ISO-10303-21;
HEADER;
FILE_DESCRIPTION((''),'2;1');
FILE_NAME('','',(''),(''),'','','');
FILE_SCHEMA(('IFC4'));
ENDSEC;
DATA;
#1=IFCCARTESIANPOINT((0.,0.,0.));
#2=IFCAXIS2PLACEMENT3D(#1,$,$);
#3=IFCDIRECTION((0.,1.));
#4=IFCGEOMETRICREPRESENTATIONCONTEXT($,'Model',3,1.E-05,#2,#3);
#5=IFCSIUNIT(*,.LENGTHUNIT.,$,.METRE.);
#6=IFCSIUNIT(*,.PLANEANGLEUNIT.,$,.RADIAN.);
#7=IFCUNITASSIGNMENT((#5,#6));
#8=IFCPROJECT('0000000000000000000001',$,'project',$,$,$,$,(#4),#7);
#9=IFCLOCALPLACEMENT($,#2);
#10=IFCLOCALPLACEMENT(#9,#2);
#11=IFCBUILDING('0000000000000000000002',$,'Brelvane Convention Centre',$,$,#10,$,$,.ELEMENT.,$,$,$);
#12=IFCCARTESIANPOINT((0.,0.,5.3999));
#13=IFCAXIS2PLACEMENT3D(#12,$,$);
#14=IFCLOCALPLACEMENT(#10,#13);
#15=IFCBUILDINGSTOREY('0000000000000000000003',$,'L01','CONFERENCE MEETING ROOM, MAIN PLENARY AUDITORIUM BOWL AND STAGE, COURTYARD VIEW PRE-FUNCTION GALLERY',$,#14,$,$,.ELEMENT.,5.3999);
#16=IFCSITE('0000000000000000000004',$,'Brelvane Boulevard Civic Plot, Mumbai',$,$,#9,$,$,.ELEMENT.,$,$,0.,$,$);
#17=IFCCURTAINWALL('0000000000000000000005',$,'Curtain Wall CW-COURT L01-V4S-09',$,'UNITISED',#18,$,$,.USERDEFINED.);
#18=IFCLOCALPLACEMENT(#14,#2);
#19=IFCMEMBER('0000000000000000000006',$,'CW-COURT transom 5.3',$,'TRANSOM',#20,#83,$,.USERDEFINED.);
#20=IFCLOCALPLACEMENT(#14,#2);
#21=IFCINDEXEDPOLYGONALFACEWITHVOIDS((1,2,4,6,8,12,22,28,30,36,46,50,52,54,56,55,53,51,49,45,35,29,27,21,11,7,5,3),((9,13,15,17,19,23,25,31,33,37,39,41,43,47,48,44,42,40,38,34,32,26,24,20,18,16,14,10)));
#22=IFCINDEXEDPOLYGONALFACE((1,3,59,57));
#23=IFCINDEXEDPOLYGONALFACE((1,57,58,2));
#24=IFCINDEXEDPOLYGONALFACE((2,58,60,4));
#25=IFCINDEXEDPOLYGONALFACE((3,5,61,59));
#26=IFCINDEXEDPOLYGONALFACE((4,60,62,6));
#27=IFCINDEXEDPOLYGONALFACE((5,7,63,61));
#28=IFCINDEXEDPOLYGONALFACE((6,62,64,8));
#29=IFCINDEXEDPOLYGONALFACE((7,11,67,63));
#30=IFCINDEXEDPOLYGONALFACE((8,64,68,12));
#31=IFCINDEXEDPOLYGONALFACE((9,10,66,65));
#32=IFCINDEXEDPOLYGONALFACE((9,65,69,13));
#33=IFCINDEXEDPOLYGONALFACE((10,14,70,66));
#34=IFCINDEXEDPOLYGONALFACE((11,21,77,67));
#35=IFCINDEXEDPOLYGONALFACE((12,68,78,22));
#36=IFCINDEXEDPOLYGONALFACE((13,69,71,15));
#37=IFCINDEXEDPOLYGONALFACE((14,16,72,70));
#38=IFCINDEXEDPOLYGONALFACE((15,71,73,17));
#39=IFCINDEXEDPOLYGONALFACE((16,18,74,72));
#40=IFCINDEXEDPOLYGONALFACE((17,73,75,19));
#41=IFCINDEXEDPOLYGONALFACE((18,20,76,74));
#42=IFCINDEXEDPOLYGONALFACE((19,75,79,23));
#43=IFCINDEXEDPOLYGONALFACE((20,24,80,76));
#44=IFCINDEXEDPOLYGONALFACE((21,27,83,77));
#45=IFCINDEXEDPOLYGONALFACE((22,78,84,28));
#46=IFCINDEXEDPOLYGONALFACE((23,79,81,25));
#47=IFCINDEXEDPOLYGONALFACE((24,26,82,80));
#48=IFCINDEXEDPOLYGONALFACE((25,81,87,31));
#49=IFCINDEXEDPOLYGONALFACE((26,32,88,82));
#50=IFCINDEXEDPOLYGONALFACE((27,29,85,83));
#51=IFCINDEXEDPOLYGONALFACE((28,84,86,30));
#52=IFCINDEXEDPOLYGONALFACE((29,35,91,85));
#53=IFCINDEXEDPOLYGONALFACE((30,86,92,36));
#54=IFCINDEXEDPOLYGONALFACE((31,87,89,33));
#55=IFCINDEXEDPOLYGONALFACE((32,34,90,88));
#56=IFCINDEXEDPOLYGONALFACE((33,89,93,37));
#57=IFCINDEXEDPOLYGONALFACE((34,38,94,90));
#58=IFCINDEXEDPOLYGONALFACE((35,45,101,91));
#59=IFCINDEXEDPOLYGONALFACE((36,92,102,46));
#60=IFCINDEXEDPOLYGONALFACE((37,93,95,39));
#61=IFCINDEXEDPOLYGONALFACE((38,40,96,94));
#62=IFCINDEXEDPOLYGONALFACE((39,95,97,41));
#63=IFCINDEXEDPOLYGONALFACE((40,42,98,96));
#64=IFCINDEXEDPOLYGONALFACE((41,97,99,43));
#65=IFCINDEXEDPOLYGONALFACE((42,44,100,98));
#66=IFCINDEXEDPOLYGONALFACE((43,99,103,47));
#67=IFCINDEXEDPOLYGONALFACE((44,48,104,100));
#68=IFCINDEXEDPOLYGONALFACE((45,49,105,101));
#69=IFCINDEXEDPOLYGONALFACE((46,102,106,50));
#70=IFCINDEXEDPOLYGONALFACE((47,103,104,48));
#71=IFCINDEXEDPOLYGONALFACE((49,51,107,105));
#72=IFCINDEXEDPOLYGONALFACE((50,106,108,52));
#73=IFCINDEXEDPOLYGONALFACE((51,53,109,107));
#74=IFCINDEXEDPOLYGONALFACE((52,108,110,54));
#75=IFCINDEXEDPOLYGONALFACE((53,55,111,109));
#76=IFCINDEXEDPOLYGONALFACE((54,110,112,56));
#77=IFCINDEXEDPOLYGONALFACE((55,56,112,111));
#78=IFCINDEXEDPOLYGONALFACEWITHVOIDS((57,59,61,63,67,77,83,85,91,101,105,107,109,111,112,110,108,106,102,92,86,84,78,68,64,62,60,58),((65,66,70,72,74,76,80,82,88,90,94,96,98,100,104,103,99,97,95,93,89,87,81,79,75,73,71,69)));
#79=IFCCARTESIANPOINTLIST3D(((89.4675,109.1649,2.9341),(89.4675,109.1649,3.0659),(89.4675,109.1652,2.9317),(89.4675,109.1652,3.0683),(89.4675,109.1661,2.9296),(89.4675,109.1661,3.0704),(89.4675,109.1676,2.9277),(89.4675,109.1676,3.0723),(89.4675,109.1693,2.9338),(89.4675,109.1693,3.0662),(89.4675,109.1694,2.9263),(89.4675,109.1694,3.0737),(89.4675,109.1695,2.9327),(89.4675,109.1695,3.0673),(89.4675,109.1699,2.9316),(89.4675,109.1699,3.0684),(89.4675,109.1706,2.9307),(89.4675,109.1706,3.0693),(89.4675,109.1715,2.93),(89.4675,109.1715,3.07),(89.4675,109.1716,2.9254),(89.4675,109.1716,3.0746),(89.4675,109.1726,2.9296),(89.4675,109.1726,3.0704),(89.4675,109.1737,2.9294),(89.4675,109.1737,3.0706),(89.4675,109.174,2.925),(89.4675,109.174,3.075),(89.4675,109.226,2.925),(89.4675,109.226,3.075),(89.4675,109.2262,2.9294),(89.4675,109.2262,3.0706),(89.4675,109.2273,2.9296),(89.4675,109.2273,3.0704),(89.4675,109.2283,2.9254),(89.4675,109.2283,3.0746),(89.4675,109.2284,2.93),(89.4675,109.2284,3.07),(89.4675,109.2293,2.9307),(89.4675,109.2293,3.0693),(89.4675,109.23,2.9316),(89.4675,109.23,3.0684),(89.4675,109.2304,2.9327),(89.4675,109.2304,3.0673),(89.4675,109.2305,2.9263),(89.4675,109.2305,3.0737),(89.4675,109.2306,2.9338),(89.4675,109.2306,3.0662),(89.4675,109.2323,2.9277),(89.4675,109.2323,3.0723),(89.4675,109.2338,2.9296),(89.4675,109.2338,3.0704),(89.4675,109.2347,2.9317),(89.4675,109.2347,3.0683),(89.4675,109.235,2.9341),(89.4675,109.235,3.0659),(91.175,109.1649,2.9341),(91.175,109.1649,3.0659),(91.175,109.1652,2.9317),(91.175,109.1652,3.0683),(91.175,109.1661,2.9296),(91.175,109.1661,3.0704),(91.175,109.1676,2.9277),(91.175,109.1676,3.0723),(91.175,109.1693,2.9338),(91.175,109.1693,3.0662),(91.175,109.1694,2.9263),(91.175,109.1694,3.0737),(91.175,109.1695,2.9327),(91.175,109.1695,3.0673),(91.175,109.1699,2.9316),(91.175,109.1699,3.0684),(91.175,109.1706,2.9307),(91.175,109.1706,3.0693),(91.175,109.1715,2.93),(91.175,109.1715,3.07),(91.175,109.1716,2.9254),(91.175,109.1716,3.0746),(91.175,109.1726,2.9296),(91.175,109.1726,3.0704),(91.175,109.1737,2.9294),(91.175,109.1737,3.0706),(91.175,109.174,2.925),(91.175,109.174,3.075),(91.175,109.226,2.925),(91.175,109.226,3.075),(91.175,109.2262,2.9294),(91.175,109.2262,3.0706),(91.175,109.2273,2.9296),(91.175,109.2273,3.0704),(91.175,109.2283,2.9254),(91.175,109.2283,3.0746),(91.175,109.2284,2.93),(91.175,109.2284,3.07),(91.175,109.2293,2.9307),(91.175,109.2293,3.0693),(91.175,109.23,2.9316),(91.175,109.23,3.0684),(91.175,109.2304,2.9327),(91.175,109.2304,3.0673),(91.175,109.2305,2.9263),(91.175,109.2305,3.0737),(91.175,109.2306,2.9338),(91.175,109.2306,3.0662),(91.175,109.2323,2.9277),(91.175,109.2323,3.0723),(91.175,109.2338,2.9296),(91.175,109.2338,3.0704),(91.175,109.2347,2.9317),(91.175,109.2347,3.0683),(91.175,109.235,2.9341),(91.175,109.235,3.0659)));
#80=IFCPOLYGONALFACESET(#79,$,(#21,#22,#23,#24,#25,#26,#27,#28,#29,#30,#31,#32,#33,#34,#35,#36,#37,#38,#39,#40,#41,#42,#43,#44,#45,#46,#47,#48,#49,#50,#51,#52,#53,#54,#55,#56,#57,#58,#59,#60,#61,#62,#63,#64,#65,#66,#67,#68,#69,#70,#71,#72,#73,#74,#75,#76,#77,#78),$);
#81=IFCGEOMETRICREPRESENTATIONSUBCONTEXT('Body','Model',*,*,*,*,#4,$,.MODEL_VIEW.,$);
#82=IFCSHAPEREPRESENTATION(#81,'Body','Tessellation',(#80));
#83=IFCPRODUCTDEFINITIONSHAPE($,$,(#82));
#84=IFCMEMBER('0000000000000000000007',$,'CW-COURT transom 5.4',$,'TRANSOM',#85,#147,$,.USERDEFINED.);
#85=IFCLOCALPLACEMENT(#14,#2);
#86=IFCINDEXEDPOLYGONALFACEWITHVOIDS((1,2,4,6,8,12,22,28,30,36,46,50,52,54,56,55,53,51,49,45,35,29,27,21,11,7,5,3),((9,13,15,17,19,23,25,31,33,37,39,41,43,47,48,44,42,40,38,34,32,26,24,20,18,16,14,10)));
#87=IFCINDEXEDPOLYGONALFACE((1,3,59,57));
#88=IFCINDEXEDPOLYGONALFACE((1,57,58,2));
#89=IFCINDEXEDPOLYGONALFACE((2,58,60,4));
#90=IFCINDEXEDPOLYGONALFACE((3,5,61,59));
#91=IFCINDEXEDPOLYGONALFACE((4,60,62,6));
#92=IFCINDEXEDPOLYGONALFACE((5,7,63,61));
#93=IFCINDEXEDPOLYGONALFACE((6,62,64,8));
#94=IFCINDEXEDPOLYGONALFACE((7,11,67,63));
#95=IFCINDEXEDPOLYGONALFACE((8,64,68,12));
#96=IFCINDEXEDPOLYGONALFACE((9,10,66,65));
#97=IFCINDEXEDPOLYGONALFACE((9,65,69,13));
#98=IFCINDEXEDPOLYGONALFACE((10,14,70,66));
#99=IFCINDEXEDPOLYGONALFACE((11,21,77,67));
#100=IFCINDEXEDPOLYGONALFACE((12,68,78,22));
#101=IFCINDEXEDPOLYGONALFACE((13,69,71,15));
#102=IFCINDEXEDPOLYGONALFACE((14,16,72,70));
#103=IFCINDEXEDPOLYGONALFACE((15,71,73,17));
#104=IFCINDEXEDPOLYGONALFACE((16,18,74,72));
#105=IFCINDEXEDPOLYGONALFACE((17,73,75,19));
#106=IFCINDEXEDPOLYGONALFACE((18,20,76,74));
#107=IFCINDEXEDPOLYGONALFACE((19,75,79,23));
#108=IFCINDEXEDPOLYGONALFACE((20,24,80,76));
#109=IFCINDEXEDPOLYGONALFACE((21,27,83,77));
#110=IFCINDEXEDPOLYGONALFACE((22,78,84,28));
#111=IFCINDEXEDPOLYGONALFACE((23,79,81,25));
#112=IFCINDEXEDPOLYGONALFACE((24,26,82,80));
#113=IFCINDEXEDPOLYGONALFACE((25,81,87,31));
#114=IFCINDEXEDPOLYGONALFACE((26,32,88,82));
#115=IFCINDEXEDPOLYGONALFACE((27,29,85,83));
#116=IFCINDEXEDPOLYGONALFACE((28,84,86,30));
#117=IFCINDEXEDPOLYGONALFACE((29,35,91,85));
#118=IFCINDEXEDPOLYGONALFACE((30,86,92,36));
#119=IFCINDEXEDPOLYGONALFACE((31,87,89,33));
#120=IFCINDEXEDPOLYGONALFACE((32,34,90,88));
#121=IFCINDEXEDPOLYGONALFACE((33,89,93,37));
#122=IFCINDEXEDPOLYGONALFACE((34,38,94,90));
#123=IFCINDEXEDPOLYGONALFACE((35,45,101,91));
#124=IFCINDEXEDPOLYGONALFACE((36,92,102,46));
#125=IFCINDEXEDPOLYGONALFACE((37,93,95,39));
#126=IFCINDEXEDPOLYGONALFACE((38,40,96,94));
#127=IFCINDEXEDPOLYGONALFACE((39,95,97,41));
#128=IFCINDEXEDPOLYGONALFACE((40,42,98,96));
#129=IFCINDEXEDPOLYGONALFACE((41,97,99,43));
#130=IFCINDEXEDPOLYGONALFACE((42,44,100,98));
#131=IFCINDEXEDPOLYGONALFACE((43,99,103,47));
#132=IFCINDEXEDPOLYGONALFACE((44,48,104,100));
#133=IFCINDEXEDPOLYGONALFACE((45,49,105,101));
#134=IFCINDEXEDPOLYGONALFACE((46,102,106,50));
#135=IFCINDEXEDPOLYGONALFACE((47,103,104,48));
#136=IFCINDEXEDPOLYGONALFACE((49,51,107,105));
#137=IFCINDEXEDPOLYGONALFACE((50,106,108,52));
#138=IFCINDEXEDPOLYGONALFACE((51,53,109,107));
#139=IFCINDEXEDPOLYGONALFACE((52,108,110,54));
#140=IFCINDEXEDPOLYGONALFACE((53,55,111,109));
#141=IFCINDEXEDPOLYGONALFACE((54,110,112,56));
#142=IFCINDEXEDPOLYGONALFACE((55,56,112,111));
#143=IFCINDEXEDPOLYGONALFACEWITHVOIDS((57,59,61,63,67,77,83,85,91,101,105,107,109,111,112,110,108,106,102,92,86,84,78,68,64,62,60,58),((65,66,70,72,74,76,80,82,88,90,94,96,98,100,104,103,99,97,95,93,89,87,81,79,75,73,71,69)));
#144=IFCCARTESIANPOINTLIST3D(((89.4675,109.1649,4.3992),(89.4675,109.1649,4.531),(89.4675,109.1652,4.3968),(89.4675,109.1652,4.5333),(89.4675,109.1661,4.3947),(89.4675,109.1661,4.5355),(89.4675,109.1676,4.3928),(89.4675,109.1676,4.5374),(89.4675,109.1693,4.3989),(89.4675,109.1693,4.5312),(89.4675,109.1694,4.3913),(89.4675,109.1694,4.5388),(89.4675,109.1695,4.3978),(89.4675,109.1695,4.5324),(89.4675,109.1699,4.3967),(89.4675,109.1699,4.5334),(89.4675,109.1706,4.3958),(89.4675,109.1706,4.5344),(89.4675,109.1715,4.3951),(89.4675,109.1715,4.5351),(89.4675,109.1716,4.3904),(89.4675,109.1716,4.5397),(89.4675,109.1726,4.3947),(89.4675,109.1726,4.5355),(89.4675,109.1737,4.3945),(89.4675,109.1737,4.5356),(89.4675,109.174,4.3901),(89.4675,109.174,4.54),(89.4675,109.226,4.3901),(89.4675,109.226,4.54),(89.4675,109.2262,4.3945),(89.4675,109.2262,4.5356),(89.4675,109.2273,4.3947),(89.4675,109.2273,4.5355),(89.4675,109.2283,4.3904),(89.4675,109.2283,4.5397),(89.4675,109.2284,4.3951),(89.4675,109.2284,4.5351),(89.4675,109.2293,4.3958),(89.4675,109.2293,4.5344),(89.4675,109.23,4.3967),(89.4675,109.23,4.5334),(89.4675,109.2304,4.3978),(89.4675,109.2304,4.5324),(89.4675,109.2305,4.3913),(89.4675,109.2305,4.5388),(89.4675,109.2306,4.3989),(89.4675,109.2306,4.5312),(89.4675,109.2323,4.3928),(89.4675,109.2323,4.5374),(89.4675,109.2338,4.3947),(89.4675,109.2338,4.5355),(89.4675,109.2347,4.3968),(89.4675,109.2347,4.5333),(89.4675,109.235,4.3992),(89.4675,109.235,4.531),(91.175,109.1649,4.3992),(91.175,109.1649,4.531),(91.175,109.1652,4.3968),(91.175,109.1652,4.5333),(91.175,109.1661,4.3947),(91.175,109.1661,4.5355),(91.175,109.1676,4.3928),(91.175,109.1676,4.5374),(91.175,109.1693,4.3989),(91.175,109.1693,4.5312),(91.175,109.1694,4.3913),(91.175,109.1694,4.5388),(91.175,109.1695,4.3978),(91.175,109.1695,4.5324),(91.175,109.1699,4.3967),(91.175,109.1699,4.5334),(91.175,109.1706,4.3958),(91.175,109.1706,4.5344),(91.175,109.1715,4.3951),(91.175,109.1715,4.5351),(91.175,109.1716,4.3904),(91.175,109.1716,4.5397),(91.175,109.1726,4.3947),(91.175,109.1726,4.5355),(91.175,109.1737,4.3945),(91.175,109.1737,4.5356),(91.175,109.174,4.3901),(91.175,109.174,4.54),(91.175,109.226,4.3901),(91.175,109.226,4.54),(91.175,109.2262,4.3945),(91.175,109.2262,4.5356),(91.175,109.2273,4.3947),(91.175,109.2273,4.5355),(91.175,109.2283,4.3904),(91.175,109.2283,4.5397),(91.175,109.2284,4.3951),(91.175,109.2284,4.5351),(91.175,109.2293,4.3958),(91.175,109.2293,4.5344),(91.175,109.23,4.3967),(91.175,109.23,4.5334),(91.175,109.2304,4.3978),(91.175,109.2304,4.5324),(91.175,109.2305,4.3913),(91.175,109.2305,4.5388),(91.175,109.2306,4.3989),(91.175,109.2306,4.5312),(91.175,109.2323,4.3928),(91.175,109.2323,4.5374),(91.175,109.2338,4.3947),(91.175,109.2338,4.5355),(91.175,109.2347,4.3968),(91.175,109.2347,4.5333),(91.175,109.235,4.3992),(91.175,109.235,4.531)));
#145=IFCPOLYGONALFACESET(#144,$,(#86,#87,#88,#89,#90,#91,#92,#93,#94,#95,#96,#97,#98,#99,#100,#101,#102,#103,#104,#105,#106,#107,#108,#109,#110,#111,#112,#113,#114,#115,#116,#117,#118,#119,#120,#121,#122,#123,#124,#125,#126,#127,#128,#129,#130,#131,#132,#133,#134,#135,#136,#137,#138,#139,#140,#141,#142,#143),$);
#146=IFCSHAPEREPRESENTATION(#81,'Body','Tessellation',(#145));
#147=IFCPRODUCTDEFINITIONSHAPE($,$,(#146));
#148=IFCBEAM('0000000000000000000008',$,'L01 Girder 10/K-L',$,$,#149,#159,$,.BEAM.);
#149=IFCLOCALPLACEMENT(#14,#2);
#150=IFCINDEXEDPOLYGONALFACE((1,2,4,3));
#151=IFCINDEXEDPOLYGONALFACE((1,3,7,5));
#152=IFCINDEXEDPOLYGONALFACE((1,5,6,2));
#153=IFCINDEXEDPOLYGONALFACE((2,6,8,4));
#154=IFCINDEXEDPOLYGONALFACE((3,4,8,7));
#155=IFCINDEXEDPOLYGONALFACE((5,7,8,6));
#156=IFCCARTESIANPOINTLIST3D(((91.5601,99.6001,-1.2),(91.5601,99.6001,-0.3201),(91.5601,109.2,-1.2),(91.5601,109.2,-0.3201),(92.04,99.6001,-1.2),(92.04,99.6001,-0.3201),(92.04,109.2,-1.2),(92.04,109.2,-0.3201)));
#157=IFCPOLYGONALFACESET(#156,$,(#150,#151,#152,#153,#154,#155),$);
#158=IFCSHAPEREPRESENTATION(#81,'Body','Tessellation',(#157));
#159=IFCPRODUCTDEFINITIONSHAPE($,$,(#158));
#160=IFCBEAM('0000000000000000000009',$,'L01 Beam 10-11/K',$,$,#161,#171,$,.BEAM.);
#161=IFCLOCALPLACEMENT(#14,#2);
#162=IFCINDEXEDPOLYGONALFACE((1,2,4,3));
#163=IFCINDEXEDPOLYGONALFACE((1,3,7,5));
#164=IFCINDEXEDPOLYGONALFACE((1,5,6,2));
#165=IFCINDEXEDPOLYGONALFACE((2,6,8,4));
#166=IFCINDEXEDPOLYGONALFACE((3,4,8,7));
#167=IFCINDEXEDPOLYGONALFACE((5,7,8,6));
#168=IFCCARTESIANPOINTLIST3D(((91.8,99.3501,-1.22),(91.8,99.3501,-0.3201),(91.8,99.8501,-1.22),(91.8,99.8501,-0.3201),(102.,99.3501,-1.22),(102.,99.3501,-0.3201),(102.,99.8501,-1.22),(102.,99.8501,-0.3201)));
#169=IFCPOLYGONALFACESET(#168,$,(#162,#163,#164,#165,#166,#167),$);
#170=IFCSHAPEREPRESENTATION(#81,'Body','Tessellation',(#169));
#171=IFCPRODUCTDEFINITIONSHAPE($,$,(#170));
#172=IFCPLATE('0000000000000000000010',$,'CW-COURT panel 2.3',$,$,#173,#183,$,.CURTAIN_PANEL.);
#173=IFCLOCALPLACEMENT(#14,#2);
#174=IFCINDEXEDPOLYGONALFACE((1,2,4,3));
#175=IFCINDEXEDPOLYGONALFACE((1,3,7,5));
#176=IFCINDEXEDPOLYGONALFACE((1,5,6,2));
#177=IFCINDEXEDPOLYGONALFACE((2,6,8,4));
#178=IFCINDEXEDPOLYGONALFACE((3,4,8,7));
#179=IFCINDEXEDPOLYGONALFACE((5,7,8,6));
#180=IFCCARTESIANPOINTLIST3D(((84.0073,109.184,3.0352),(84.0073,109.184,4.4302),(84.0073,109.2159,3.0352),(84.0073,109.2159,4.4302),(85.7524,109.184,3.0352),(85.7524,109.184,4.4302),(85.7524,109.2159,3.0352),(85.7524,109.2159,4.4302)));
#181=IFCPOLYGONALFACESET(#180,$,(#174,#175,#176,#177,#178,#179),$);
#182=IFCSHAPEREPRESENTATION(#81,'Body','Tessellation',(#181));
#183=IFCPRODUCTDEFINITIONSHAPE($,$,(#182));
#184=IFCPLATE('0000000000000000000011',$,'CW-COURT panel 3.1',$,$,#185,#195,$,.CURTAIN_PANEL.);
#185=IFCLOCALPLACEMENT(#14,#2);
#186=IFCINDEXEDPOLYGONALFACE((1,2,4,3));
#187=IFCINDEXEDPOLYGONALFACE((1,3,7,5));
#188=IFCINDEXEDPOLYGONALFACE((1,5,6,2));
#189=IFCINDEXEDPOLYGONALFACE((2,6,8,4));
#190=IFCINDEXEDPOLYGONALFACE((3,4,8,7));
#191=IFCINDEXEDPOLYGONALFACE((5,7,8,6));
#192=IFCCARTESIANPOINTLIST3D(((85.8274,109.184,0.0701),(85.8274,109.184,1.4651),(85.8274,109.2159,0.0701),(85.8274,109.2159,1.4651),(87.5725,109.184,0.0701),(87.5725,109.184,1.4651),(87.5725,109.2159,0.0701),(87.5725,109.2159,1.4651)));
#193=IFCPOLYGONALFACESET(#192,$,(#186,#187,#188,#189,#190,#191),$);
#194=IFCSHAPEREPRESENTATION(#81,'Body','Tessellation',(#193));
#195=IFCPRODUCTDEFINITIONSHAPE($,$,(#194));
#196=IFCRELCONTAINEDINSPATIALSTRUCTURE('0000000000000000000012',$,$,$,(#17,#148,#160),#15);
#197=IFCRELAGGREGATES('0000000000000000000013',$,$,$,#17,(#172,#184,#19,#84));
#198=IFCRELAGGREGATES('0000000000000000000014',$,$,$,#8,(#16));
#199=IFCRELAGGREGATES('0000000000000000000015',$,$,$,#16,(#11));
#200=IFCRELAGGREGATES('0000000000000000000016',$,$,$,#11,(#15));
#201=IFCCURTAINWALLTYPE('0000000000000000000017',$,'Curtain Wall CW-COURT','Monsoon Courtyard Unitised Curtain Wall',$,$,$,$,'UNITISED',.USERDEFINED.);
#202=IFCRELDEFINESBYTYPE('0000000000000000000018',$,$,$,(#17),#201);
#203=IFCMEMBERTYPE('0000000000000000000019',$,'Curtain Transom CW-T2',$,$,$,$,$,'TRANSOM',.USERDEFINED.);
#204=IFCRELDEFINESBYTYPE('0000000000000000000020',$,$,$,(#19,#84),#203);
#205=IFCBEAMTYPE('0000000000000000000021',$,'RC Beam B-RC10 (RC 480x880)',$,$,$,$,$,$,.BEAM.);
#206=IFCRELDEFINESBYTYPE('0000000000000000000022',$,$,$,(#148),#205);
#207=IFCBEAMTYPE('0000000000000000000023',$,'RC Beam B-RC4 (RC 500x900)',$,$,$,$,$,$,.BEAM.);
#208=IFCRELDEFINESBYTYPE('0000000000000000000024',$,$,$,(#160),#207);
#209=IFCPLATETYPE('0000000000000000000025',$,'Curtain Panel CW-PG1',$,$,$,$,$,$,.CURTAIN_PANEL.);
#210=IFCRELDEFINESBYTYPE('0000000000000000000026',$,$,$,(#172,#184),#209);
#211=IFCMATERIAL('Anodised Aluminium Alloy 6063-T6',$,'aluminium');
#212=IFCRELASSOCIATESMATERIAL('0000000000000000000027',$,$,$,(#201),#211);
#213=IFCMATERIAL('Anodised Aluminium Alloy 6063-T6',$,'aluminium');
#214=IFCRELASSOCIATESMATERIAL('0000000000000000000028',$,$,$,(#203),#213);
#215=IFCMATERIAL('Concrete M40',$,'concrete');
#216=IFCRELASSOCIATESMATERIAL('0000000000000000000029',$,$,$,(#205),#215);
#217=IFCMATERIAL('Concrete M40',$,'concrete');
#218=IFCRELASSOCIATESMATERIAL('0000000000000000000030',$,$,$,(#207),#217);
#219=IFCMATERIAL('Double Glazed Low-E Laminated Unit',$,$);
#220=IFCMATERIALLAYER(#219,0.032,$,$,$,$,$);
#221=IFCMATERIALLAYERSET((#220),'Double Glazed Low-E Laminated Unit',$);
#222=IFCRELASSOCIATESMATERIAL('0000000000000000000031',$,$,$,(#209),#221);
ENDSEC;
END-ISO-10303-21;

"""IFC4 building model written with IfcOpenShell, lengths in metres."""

from ifc_helpers import new_model, si_unit, direction, frame, origin, origin_2d, place, context, subcontext, project, spatial, rectangle, hollow_rectangle, extrude, material, layer, layer_set, material_profile, profile_set, type_object, element, aggregate, save


model = new_model("IFC4")

# Units and contexts
model_context = context("Model", 3, precision=1e-05, world=origin(), true_north=direction((0.0, 1.0)))
body_context = subcontext(model_context, "Body", "Model", "MODEL_VIEW")
ifc_project = project(units=[si_unit("LENGTHUNIT", "METRE"), si_unit("PLANEANGLEUNIT", "RADIAN")], contexts=[model_context])

# Site, building, storey
site_placement = place(None, origin())
site = spatial("IfcSite", under=ifc_project, at=site_placement, Name="Brelvane Boulevard Civic Plot, Mumbai", CompositionType="ELEMENT", RefElevation=0.0)
building_placement = place(site_placement, origin())
building = spatial("IfcBuilding", under=site, at=building_placement, Name="Brelvane Convention Centre", CompositionType="ELEMENT")
storey_placement = place(building_placement, frame((0.0, 0.0, 5.3999)))
storey = spatial("IfcBuildingStorey", under=building, at=storey_placement, Name="L01", Description="CONFERENCE MEETING ROOM, MAIN PLENARY AUDITORIUM BOWL AND STAGE, COURTYARD VIEW PRE-FUNCTION GALLERY", CompositionType="ELEMENT", Elevation=5.3999)

# Curtain wall, members
ifc_material_1 = material(Name="Anodised Aluminium Alloy 6063-T6", Category="aluminium")
curtain_wall_type = type_object("IfcCurtainWallType", Name="Curtain Wall CW-COURT", Description="Monsoon Courtyard Unitised Curtain Wall", ElementType="UNITISED", PredefinedType="USERDEFINED", material=ifc_material_1)
curtain_wall_placement = place(storey_placement, origin())
curtain_wall = element("IfcCurtainWall", 1, at=curtain_wall_placement, inside=storey, type_object=curtain_wall_type, Name="Curtain Wall CW-COURT L01-V4S-09", ObjectType="UNITISED", PredefinedType="USERDEFINED")
ifc_material_2 = material(Name="Anodised Aluminium Alloy 6063-T6", Category="aluminium")
ifc_material_profile_1 = material_profile(ifc_material_2, hollow_rectangle(XDim=0.0701, YDim=0.1499, WallThickness=0.0044, InnerFilletRadius=0.0044, OuterFilletRadius=0.009, at=origin_2d()), Name="ALU-T 150x70x4.5")
ifc_profile_set_1 = profile_set([ifc_material_profile_1], Name="Anodised Aluminium Alloy 6063-T6")
member_type_1 = type_object("IfcMemberType", Name="Curtain Transom CW-T2", ElementType="TRANSOM", PredefinedType="USERDEFINED", material=ifc_profile_set_1)
member_1_placement = place(storey_placement, frame((89.4675, 109.2, 3.0), z_axis=(1.0, 0.0, 0.0), x_axis=(0.0, 1.0, 0.0)))
member_1 = element("IfcMember", 2, at=member_1_placement, type_object=member_type_1, Name="CW-COURT transom 5.3", ObjectType="TRANSOM", PredefinedType="USERDEFINED", context=body_context, shape_type="SweptSolid", body=[
    extrude(hollow_rectangle(XDim=0.0701, YDim=0.1499, WallThickness=0.0044, InnerFilletRadius=0.0044, OuterFilletRadius=0.009, at=origin_2d()), origin(), (0.0, 0.0, 1.0), 1.7075),
])
member_2_placement = place(storey_placement, frame((89.4675, 109.2, 4.4651), z_axis=(1.0, 0.0, 0.0), x_axis=(0.0, 1.0, 0.0)))
member_2 = element("IfcMember", 3, at=member_2_placement, type_object=member_type_1, Name="CW-COURT transom 5.4", ObjectType="TRANSOM", PredefinedType="USERDEFINED", context=body_context, shape_type="SweptSolid", body=[
    extrude(hollow_rectangle(XDim=0.0701, YDim=0.1499, WallThickness=0.0044, InnerFilletRadius=0.0044, OuterFilletRadius=0.009, at=origin_2d()), origin(), (0.0, 0.0, 1.0), 1.7075),
])

# Beams
ifc_material_3 = material(Name="Concrete M40", Category="concrete")
ifc_material_profile_2 = material_profile(ifc_material_3, rectangle(XDim=0.48, YDim=0.8799, at=origin_2d()), Name="RC 480x880")
ifc_profile_set_2 = profile_set([ifc_material_profile_2], Name="Concrete M40")
beam_type_1 = type_object("IfcBeamType", Name="RC Beam B-RC10 (RC 480x880)", PredefinedType="BEAM", material=ifc_profile_set_2)
beam_1_placement = place(storey_placement, frame((91.8, 99.6001, -0.76), z_axis=(0.0, 1.0, 0.0), x_axis=(-1.0, 0.0, 0.0)))
element("IfcBeam", 4, at=beam_1_placement, inside=storey, type_object=beam_type_1, Name="L01 Girder 10/K-L", PredefinedType="BEAM", context=body_context, shape_type="SweptSolid", body=[
    extrude(rectangle(XDim=0.48, YDim=0.8799, at=origin_2d()), origin(), (0.0, 0.0, 1.0), 9.5999),
])
ifc_material_4 = material(Name="Concrete M40", Category="concrete")
ifc_material_profile_3 = material_profile(ifc_material_4, rectangle(XDim=0.5, YDim=0.8999, at=origin_2d()), Name="RC 500x900")
ifc_profile_set_3 = profile_set([ifc_material_profile_3], Name="Concrete M40")
beam_type_2 = type_object("IfcBeamType", Name="RC Beam B-RC4 (RC 500x900)", PredefinedType="BEAM", material=ifc_profile_set_3)
beam_2_placement = place(storey_placement, frame((91.8, 99.6001, -0.77), z_axis=(1.0, 0.0, 0.0), x_axis=(0.0, 1.0, 0.0)))
element("IfcBeam", 5, at=beam_2_placement, inside=storey, type_object=beam_type_2, Name="L01 Beam 10-11/K", PredefinedType="BEAM", context=body_context, shape_type="SweptSolid", body=[
    extrude(rectangle(XDim=0.5, YDim=0.8999, at=origin_2d()), origin(), (0.0, 0.0, 1.0), 10.2),
])

# Plates
ifc_material_5 = material(Name="Double Glazed Low-E Laminated Unit")
ifc_layer = layer(ifc_material_5, 0.032)
ifc_layer_set = layer_set([ifc_layer], Name="Double Glazed Low-E Laminated Unit")
plate_type = type_object("IfcPlateType", Name="Curtain Panel CW-PG1", PredefinedType="CURTAIN_PANEL", material=ifc_layer_set)
plate_1_placement = place(storey_placement, frame((84.8799, 109.2, 3.0352), z_axis=(0.0, 0.0, 1.0), x_axis=(1.0, 0.0, 0.0)))
plate_1 = element("IfcPlate", 6, at=plate_1_placement, type_object=plate_type, Name="CW-COURT panel 2.3", PredefinedType="CURTAIN_PANEL", context=body_context, shape_type="SweptSolid", body=[
    extrude(rectangle(XDim=1.7451, YDim=0.032, at=origin_2d()), origin(), (0.0, 0.0, 1.0), 1.395),
])
plate_2_placement = place(storey_placement, frame((86.7, 109.2, 0.0701), z_axis=(0.0, 0.0, 1.0), x_axis=(1.0, 0.0, 0.0)))
plate_2 = element("IfcPlate", 7, at=plate_2_placement, type_object=plate_type, Name="CW-COURT panel 3.1", PredefinedType="CURTAIN_PANEL", context=body_context, shape_type="SweptSolid", body=[
    extrude(rectangle(XDim=1.7451, YDim=0.032, at=origin_2d()), origin(), (0.0, 0.0, 1.0), 1.395),
])
aggregate(curtain_wall, [plate_1, plate_2, member_1, member_2])

save(model, "model.ifc")
